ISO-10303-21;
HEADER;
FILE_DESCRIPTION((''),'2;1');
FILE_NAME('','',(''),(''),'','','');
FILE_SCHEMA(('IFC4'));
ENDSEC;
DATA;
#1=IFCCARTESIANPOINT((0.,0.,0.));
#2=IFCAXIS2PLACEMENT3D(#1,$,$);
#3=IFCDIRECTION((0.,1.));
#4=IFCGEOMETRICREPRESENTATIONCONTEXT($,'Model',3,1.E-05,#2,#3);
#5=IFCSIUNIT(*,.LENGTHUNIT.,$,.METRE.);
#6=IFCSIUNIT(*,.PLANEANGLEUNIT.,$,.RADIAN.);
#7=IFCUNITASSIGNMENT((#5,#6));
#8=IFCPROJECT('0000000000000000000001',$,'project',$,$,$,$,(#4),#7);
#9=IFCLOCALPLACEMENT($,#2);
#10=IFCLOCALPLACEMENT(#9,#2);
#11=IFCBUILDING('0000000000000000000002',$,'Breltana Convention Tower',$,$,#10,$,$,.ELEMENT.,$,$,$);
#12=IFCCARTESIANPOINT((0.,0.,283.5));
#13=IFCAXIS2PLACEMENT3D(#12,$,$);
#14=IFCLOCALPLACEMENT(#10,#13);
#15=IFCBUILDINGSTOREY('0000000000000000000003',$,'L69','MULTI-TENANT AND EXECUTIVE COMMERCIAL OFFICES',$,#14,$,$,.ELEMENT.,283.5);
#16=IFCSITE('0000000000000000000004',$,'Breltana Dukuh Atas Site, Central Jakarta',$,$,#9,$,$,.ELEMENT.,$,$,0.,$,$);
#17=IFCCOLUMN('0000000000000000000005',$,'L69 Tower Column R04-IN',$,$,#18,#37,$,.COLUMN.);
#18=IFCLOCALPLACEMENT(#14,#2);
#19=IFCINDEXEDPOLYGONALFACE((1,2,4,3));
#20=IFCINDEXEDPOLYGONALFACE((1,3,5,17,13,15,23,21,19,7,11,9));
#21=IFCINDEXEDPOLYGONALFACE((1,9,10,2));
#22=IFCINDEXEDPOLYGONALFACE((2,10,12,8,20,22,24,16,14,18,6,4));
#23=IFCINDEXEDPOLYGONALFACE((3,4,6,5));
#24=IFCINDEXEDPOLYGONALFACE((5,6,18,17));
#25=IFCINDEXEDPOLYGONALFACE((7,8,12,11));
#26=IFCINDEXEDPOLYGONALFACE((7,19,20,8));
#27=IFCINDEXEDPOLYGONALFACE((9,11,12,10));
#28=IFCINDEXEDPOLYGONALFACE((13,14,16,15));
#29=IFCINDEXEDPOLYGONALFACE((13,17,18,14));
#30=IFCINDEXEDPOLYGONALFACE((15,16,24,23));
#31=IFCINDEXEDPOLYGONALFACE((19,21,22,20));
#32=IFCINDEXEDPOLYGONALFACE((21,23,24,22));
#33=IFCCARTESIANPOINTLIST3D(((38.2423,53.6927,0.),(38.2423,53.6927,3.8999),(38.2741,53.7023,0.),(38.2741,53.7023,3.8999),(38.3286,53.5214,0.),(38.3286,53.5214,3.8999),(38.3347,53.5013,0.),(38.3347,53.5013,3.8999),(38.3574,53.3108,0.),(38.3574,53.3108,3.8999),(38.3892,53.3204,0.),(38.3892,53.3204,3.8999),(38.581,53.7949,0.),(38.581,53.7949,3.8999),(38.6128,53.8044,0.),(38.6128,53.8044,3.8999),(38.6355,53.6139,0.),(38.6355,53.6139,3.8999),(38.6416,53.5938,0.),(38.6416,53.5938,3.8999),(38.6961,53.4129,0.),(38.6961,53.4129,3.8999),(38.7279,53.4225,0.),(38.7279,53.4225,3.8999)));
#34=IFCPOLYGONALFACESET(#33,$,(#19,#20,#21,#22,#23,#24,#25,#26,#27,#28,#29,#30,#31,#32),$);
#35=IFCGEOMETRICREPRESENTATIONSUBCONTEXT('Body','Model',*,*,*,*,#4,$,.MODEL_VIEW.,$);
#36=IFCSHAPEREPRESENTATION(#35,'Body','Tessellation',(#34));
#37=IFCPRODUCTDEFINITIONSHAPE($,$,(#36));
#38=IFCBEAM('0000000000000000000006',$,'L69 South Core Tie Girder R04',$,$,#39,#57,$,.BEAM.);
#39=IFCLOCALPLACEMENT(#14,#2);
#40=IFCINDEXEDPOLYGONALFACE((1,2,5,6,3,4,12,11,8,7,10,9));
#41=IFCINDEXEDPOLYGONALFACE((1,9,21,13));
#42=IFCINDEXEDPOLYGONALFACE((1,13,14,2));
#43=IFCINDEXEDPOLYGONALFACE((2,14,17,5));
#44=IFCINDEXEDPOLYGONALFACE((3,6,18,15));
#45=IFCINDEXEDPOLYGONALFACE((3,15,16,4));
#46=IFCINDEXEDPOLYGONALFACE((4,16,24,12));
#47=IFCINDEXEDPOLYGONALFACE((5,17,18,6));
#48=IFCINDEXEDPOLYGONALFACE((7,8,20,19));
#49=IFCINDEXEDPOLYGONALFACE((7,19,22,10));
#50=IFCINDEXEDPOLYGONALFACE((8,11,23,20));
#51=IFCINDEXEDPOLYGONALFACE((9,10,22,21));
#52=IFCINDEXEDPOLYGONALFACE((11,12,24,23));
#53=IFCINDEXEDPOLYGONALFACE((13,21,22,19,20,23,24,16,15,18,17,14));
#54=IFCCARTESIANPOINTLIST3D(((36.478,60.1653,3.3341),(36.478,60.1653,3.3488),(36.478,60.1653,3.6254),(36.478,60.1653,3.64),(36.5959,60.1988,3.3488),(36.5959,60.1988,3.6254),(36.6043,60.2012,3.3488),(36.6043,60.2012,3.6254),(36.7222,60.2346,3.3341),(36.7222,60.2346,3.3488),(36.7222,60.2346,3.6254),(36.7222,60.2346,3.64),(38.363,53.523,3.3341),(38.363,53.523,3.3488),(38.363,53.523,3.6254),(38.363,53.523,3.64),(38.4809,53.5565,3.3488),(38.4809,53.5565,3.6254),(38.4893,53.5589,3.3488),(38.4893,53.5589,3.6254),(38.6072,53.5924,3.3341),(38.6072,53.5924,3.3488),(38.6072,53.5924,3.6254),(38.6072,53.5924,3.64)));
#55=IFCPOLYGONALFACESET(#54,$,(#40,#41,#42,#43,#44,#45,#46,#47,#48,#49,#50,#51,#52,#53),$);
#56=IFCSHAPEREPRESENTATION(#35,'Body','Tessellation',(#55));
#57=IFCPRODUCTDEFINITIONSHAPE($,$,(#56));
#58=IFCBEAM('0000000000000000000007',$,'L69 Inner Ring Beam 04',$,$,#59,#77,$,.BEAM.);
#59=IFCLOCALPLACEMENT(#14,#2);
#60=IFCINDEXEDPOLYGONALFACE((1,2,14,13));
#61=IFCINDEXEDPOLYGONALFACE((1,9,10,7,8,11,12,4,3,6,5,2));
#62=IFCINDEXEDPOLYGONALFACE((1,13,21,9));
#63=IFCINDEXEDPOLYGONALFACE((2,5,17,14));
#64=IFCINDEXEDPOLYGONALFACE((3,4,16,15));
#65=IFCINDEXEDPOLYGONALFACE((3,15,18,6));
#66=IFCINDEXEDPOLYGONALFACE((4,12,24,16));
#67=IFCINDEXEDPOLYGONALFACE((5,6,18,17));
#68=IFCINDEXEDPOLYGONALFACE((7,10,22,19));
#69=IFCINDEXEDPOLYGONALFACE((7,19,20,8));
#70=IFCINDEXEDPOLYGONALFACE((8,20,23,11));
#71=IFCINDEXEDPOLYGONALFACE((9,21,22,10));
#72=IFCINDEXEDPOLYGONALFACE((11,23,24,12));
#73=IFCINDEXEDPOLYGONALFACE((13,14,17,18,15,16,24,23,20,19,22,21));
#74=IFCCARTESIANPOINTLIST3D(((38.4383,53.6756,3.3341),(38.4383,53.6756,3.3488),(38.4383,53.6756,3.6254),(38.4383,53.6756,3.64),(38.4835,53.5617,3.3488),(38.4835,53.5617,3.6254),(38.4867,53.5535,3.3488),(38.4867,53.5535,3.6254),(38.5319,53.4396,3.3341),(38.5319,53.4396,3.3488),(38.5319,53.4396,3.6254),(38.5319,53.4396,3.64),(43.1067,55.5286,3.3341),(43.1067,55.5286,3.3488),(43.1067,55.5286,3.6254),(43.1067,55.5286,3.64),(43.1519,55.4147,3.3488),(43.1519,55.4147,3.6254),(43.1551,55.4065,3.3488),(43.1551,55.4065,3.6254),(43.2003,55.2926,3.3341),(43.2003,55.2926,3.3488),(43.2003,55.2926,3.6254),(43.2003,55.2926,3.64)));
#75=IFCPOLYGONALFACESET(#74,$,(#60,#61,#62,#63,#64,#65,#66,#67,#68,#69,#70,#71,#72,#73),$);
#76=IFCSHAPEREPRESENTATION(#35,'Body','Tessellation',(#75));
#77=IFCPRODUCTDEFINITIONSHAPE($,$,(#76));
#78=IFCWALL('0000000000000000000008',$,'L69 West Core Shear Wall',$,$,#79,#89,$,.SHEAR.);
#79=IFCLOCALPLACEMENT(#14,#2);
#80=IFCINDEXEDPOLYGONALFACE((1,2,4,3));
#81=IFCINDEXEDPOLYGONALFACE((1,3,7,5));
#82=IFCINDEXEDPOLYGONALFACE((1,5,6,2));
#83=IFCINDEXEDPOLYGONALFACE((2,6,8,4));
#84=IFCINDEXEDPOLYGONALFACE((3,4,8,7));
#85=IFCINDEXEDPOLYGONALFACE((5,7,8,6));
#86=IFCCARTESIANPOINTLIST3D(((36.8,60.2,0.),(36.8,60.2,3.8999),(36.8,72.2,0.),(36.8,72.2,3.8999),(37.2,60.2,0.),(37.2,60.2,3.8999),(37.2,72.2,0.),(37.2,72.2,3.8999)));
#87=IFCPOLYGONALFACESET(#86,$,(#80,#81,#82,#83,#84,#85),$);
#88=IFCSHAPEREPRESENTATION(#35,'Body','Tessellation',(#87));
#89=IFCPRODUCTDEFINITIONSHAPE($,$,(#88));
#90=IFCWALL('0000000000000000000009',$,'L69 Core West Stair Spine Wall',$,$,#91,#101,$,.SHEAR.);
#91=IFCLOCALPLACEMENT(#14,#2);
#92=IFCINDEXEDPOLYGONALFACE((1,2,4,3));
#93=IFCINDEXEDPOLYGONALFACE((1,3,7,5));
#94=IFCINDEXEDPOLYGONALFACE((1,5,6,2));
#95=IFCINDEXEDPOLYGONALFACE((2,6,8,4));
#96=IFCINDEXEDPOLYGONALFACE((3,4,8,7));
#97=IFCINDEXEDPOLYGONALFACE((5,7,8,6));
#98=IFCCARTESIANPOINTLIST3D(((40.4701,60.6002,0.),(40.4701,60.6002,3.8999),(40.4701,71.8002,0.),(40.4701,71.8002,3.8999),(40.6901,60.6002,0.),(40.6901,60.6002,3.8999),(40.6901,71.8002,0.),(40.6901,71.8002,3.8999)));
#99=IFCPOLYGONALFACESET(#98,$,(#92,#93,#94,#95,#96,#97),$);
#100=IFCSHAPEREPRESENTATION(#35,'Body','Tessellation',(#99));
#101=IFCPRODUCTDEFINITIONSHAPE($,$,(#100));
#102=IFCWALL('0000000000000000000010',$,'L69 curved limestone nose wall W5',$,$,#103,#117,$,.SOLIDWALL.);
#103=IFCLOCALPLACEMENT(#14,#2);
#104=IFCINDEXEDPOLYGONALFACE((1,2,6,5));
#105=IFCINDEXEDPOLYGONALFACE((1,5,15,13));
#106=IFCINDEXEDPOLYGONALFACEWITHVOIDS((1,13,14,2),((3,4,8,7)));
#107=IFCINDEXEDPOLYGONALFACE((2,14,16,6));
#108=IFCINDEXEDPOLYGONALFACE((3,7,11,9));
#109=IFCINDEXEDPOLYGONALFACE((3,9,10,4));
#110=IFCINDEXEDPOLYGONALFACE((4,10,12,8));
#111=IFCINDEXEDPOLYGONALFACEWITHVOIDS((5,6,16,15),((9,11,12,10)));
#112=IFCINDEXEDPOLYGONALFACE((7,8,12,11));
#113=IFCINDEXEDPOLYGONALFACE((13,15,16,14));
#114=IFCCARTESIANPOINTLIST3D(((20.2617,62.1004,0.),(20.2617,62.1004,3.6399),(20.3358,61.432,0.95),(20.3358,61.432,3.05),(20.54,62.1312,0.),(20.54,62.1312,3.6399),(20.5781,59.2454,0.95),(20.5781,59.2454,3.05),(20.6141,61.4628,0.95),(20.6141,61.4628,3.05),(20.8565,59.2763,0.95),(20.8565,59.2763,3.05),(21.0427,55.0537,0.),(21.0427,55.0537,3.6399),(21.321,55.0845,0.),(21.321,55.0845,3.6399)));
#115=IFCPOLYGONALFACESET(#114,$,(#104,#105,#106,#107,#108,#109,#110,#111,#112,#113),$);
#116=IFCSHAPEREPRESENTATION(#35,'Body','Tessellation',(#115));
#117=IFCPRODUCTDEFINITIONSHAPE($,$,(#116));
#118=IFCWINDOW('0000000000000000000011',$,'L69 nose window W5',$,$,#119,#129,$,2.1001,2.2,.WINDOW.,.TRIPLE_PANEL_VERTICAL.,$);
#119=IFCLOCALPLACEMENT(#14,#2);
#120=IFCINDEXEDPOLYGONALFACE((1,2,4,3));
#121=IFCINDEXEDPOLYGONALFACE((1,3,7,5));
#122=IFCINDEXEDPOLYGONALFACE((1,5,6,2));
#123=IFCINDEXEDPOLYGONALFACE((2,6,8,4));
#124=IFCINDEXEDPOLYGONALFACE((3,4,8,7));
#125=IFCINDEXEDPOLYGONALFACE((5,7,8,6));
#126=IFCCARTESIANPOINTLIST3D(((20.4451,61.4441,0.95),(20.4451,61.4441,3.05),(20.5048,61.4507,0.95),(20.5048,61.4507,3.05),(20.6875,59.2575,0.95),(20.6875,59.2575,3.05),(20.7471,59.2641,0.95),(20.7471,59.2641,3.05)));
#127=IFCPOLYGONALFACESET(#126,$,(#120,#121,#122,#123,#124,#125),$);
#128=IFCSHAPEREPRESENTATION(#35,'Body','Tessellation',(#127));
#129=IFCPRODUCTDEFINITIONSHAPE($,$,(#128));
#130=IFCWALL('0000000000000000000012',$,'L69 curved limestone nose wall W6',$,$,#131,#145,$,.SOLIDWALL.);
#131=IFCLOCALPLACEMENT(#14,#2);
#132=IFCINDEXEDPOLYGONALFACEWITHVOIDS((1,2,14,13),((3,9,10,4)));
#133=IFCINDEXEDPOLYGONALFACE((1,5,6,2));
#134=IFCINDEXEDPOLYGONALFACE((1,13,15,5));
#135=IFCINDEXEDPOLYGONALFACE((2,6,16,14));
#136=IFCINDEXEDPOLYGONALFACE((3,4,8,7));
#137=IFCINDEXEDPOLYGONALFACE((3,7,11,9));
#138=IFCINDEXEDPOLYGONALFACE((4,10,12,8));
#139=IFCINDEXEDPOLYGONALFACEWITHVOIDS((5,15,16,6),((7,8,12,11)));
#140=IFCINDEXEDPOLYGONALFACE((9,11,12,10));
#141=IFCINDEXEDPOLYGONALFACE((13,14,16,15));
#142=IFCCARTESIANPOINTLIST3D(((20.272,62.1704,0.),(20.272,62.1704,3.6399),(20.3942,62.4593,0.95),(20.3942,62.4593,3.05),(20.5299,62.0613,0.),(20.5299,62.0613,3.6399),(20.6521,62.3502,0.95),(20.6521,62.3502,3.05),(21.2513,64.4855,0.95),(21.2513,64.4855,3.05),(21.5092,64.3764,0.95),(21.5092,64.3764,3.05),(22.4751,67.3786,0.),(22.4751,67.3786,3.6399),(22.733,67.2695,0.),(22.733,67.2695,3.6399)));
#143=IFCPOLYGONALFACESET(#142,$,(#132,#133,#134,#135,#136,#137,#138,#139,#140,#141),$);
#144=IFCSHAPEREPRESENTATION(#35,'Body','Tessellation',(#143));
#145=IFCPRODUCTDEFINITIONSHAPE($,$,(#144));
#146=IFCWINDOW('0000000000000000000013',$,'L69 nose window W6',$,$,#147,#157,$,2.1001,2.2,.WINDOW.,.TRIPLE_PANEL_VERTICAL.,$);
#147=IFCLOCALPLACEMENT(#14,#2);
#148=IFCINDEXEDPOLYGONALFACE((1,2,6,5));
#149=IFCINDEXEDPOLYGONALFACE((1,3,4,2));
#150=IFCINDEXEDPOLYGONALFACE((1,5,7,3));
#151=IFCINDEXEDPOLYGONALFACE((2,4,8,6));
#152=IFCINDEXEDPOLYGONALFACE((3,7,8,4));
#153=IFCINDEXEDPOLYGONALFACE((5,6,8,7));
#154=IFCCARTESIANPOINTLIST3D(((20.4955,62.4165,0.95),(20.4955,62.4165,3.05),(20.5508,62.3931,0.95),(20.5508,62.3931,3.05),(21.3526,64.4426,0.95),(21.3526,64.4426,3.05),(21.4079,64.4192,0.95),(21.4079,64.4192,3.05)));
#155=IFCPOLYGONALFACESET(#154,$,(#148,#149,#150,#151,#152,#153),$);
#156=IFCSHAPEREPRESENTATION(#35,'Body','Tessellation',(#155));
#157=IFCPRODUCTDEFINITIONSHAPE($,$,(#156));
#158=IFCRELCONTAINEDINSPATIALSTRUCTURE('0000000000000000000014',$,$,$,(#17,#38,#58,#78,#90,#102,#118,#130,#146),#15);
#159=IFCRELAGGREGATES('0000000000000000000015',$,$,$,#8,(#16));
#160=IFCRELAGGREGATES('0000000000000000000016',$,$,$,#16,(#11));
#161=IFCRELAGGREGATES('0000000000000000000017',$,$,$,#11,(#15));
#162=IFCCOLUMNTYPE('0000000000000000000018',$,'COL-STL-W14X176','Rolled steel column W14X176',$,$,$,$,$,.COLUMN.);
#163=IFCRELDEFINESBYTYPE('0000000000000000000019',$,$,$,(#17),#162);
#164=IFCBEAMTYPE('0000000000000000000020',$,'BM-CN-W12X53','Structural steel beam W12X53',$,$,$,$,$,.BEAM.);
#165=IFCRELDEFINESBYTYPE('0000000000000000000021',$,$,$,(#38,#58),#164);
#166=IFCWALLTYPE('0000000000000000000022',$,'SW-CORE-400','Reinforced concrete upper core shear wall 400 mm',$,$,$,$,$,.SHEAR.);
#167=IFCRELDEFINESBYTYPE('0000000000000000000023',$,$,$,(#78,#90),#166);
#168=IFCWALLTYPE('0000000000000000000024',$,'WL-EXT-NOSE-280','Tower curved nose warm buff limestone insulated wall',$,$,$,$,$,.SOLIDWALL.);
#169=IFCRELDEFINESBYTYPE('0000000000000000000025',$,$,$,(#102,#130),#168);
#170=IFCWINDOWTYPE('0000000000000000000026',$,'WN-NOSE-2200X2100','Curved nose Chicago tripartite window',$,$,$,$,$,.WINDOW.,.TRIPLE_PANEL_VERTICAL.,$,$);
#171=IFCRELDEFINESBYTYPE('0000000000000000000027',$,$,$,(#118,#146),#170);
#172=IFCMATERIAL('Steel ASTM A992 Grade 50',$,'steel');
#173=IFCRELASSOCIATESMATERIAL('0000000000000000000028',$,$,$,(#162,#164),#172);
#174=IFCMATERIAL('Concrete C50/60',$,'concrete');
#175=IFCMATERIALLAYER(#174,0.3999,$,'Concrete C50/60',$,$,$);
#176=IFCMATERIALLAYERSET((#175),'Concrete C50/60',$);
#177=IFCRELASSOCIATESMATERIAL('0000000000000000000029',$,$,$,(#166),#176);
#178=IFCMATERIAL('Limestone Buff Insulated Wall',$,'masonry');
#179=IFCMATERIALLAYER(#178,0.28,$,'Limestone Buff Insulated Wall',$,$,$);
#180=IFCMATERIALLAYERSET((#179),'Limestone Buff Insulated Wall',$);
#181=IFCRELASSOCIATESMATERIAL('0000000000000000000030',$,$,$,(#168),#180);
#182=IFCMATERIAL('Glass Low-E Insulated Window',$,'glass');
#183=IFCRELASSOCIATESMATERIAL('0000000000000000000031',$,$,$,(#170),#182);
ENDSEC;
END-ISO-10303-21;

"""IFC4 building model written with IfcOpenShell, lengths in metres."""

from ifc_helpers import new_model, si_unit, direction, frame, frame_2d, origin, origin_2d, place, context, subcontext, project, spatial, rectangle, i_section, extrude, source, transform, mapped, material, layer, layer_set, material_profile, profile_set, type_object, type_shapes, element, fill, save


model = new_model("IFC4")

# Units and contexts
model_context = context("Model", 3, precision=1e-05, world=origin(), true_north=direction((0.0, 1.0)))
body_context = subcontext(model_context, "Body", "Model", "MODEL_VIEW")
ifc_project = project(units=[si_unit("LENGTHUNIT", "METRE"), si_unit("PLANEANGLEUNIT", "RADIAN")], contexts=[model_context])

# Site, building, storey
site_placement = place(None, origin())
site = spatial("IfcSite", under=ifc_project, at=site_placement, Name="Breltana Dukuh Atas Site, Central Jakarta", CompositionType="ELEMENT", RefElevation=0.0)
building_placement = place(site_placement, origin())
building = spatial("IfcBuilding", under=site, at=building_placement, Name="Breltana Convention Tower", CompositionType="ELEMENT")
storey_placement = place(building_placement, frame((0.0, 0.0, 283.5)))
storey = spatial("IfcBuildingStorey", under=building, at=storey_placement, Name="L69", Description="MULTI-TENANT AND EXECUTIVE COMMERCIAL OFFICES", CompositionType="ELEMENT", Elevation=283.5)

# Column
ifc_material_1 = material(Name="Steel ASTM A992 Grade 50", Category="steel")
ifc_material_profile_1 = material_profile(ifc_material_1, i_section(OverallWidth=0.3989, OverallDepth=0.387, WebThickness=0.021, FlangeThickness=0.0332, at=origin_2d()), Name="W14X176")
ifc_profile_set_1 = profile_set([ifc_material_profile_1], Name="Steel ASTM A992 Grade 50")
column_type = type_object("IfcColumnType", Name="COL-STL-W14X176", Description="Rolled steel column W14X176", PredefinedType="COLUMN", material=ifc_profile_set_1)
shared_shape_1 = source(origin(), body_context, "Body", "SweptSolid", [
    extrude(i_section(OverallWidth=0.3989, OverallDepth=0.387, WebThickness=0.021, FlangeThickness=0.0332, at=origin_2d()), origin(), (0.0, 0.0, 1.0), 3.8999),
])
type_shapes(column_type, [shared_shape_1])
column_placement = place(storey_placement, frame((38.4851, 53.5576, 0.0), z_axis=(0.0, 0.0, 1.0), x_axis=(-0.288698, 0.95742, 0.0)))
element("IfcColumn", 1, at=column_placement, inside=storey, type_object=column_type, Name="L69 Tower Column R04-IN", PredefinedType="COLUMN", context=body_context, shape_type="MappedRepresentation", body=[
    mapped(shared_shape_1, transform((0.0, 0.0, 0.0), scale=1.0)),
])

# Beams
ifc_material_profile_2 = material_profile(ifc_material_1, i_section(OverallWidth=0.2539, OverallDepth=0.3059, WebThickness=0.0088, FlangeThickness=0.0146, at=origin_2d()), Name="W12X53")
ifc_profile_set_2 = profile_set([ifc_material_profile_2], Name="Steel ASTM A992 Grade 50")
beam_type = type_object("IfcBeamType", Name="BM-CN-W12X53", Description="Structural steel beam W12X53", PredefinedType="BEAM", material=ifc_profile_set_2)
shared_shape_2 = source(origin(), body_context, "Body", "SweptSolid", [
    extrude(i_section(OverallWidth=0.2539, OverallDepth=0.3059, WebThickness=0.0088, FlangeThickness=0.0146, at=origin_2d()), origin(), (0.0, 0.0, 1.0), 6.9045),
])
beam_1_placement = place(storey_placement, frame((36.6001, 60.2, 3.4871), z_axis=(0.273007, -0.962012, 0.0), x_axis=(0.962012, 0.273007, 0.0)))
element("IfcBeam", 2, at=beam_1_placement, inside=storey, type_object=beam_type, Name="L69 South Core Tie Girder R04", PredefinedType="BEAM", context=body_context, shape_type="MappedRepresentation", body=[
    mapped(shared_shape_2, transform((0.0, 0.0, 0.0), scale=1.0)),
])
shared_shape_3 = source(origin(), body_context, "Body", "SweptSolid", [
    extrude(i_section(OverallWidth=0.2539, OverallDepth=0.3059, WebThickness=0.0088, FlangeThickness=0.0146, at=origin_2d()), origin(), (0.0, 0.0, 1.0), 5.0227),
])
beam_2_placement = place(storey_placement, frame((38.4851, 53.5576, 3.4871), z_axis=(0.929459, 0.368926, 0.0), x_axis=(-0.368926, 0.929459, 0.0)))
element("IfcBeam", 3, at=beam_2_placement, inside=storey, type_object=beam_type, Name="L69 Inner Ring Beam 04", PredefinedType="BEAM", context=body_context, shape_type="MappedRepresentation", body=[
    mapped(shared_shape_3, transform((0.0, 0.0, 0.0), scale=1.0)),
])

# Wall
ifc_material_2 = material(Name="Concrete C50/60", Category="concrete")
ifc_layer_1 = layer(ifc_material_2, 0.3999, Name="Concrete C50/60")
ifc_layer_set_1 = layer_set([ifc_layer_1], Name="Concrete C50/60")
wall_type_1 = type_object("IfcWallType", Name="SW-CORE-400", Description="Reinforced concrete upper core shear wall 400 mm", PredefinedType="SHEAR", material=ifc_layer_set_1)
shared_shape_4 = source(origin(), body_context, "Body", "SweptSolid", [
    extrude(rectangle(XDim=12.0, YDim=0.3999, at=frame_2d((6.0, 0.0))), origin(), (0.0, 0.0, 1.0), 3.8999),
])
wall_1_placement = place(storey_placement, frame((37.0, 60.2, 0.0), z_axis=(0.0, 0.0, 1.0), x_axis=(0.0, 1.0, 0.0)))
element("IfcWall", 4, at=wall_1_placement, inside=storey, type_object=wall_type_1, Name="L69 West Core Shear Wall", PredefinedType="SHEAR", context=body_context, shape_type="MappedRepresentation", body=[
    mapped(shared_shape_4, transform((0.0, 0.0, 0.0), scale=1.0)),
])

# Wall
shared_shape_5 = source(origin(), body_context, "Body", "SweptSolid", [
    extrude(rectangle(XDim=11.2, YDim=0.22, at=frame_2d((5.6001, 0.0))), origin(), (0.0, 0.0, 1.0), 3.8999),
])
wall_2_placement = place(storey_placement, frame((40.5801, 60.6001, 0.0), z_axis=(0.0, 0.0, 1.0), x_axis=(0.0, 1.0, 0.0)))
element("IfcWall", 5, at=wall_2_placement, inside=storey, type_object=wall_type_1, Name="L69 Core West Stair Spine Wall", PredefinedType="SHEAR", context=body_context, shape_type="MappedRepresentation", body=[
    mapped(shared_shape_5, transform((0.0, 0.0, 0.0), scale=1.0)),
])

# Walls, openings, windows
ifc_material_3 = material(Name="Limestone Buff Insulated Wall", Category="masonry")
ifc_layer_2 = layer(ifc_material_3, 0.28, Name="Limestone Buff Insulated Wall")
ifc_layer_set_2 = layer_set([ifc_layer_2], Name="Limestone Buff Insulated Wall")
wall_type_2 = type_object("IfcWallType", Name="WL-EXT-NOSE-280", Description="Tower curved nose warm buff limestone insulated wall", PredefinedType="SOLIDWALL", material=ifc_layer_set_2)
shared_shape_6 = source(origin(), body_context, "Body", "SweptSolid", [
    extrude(rectangle(XDim=7.0898, YDim=0.28, at=frame_2d((3.5449, 0.0))), origin(), (0.0, 0.0, 1.0), 3.6399),
])
wall_3_placement = place(storey_placement, frame((21.1819, 55.0691, 0.0), z_axis=(0.0, 0.0, 1.0), x_axis=(-0.110159, 0.993914, 0.0)))
wall_3 = element("IfcWall", 6, at=wall_3_placement, inside=storey, type_object=wall_type_2, Name="L69 curved limestone nose wall W5", PredefinedType="SOLIDWALL", context=body_context, shape_type="MappedRepresentation", body=[
    mapped(shared_shape_6, transform((0.0, 0.0, 0.0), scale=1.0)),
])
opening_1_placement = place(wall_3_placement, frame((4.2173, 0.0, 0.95)))
opening_1 = element("IfcOpeningElement", 7, at=opening_1_placement, cuts=wall_3, PredefinedType="OPENING", context=body_context, shape_type="SweptSolid", body=[
    extrude(rectangle(XDim=2.2, YDim=2.1001, at=frame_2d((1.1001, 1.05))), frame((0.0, 0.1499, 0.0), z_axis=(0.0, -1.0, 0.0), x_axis=(1.0, 0.0, 0.0)), (0.0, 0.0, 1.0), 0.3),
])
ifc_material_4 = material(Name="Glass Low-E Insulated Window", Category="glass")
window_type = type_object("IfcWindowType", Name="WN-NOSE-2200X2100", Description="Curved nose Chicago tripartite window", PartitioningType="TRIPLE_PANEL_VERTICAL", PredefinedType="WINDOW", material=ifc_material_4)
shared_shape_7 = source(origin(), body_context, "Body", "SweptSolid", [
    extrude(rectangle(XDim=2.2, YDim=2.1001, at=frame_2d((1.1001, 1.05))), frame((0.0, 0.03, 0.0), z_axis=(0.0, -1.0, 0.0), x_axis=(1.0, 0.0, 0.0)), (0.0, 0.0, 1.0), 0.0601),
])
type_shapes(window_type, [shared_shape_7])
window_1_placement = place(opening_1_placement, origin())
window_1 = element("IfcWindow", 8, at=window_1_placement, inside=storey, type_object=window_type, Name="L69 nose window W5", OverallHeight=2.1001, OverallWidth=2.2, PartitioningType="TRIPLE_PANEL_VERTICAL", PredefinedType="WINDOW", context=body_context, shape_type="MappedRepresentation", body=[
    mapped(shared_shape_7, transform((0.0, 0.0, 0.0), scale=1.0)),
])
fill(opening_1, window_1)
shared_shape_8 = source(origin(), body_context, "Body", "SweptSolid", [
    extrude(rectangle(XDim=5.655, YDim=0.28, at=frame_2d((2.8276, 0.0))), origin(), (0.0, 0.0, 1.0), 3.6399),
])
wall_4_placement = place(storey_placement, frame((20.4009, 62.1157, 0.0), z_axis=(0.0, 0.0, 1.0), x_axis=(0.389585, 0.92099, 0.0)))
wall_4 = element("IfcWall", 9, at=wall_4_placement, inside=storey, type_object=wall_type_2, Name="L69 curved limestone nose wall W6", PredefinedType="SOLIDWALL", context=body_context, shape_type="MappedRepresentation", body=[
    mapped(shared_shape_8, transform((0.0, 0.0, 0.0), scale=1.0)),
])
opening_2_placement = place(wall_4_placement, frame((0.3137, 0.0, 0.95)))
opening_2 = element("IfcOpeningElement", 10, at=opening_2_placement, cuts=wall_4, PredefinedType="OPENING", context=body_context, shape_type="SweptSolid", body=[
    extrude(rectangle(XDim=2.2, YDim=2.1001, at=frame_2d((1.1001, 1.05))), frame((0.0, 0.1499, 0.0), z_axis=(0.0, -1.0, 0.0), x_axis=(1.0, 0.0, 0.0)), (0.0, 0.0, 1.0), 0.3),
])
window_2_placement = place(opening_2_placement, origin())
window_2 = element("IfcWindow", 11, at=window_2_placement, inside=storey, type_object=window_type, Name="L69 nose window W6", OverallHeight=2.1001, OverallWidth=2.2, PartitioningType="TRIPLE_PANEL_VERTICAL", PredefinedType="WINDOW", context=body_context, shape_type="MappedRepresentation", body=[
    mapped(shared_shape_7, transform((0.0, 0.0, 0.0), scale=1.0)),
])
fill(opening_2, window_2)

save(model, "model.ifc")
